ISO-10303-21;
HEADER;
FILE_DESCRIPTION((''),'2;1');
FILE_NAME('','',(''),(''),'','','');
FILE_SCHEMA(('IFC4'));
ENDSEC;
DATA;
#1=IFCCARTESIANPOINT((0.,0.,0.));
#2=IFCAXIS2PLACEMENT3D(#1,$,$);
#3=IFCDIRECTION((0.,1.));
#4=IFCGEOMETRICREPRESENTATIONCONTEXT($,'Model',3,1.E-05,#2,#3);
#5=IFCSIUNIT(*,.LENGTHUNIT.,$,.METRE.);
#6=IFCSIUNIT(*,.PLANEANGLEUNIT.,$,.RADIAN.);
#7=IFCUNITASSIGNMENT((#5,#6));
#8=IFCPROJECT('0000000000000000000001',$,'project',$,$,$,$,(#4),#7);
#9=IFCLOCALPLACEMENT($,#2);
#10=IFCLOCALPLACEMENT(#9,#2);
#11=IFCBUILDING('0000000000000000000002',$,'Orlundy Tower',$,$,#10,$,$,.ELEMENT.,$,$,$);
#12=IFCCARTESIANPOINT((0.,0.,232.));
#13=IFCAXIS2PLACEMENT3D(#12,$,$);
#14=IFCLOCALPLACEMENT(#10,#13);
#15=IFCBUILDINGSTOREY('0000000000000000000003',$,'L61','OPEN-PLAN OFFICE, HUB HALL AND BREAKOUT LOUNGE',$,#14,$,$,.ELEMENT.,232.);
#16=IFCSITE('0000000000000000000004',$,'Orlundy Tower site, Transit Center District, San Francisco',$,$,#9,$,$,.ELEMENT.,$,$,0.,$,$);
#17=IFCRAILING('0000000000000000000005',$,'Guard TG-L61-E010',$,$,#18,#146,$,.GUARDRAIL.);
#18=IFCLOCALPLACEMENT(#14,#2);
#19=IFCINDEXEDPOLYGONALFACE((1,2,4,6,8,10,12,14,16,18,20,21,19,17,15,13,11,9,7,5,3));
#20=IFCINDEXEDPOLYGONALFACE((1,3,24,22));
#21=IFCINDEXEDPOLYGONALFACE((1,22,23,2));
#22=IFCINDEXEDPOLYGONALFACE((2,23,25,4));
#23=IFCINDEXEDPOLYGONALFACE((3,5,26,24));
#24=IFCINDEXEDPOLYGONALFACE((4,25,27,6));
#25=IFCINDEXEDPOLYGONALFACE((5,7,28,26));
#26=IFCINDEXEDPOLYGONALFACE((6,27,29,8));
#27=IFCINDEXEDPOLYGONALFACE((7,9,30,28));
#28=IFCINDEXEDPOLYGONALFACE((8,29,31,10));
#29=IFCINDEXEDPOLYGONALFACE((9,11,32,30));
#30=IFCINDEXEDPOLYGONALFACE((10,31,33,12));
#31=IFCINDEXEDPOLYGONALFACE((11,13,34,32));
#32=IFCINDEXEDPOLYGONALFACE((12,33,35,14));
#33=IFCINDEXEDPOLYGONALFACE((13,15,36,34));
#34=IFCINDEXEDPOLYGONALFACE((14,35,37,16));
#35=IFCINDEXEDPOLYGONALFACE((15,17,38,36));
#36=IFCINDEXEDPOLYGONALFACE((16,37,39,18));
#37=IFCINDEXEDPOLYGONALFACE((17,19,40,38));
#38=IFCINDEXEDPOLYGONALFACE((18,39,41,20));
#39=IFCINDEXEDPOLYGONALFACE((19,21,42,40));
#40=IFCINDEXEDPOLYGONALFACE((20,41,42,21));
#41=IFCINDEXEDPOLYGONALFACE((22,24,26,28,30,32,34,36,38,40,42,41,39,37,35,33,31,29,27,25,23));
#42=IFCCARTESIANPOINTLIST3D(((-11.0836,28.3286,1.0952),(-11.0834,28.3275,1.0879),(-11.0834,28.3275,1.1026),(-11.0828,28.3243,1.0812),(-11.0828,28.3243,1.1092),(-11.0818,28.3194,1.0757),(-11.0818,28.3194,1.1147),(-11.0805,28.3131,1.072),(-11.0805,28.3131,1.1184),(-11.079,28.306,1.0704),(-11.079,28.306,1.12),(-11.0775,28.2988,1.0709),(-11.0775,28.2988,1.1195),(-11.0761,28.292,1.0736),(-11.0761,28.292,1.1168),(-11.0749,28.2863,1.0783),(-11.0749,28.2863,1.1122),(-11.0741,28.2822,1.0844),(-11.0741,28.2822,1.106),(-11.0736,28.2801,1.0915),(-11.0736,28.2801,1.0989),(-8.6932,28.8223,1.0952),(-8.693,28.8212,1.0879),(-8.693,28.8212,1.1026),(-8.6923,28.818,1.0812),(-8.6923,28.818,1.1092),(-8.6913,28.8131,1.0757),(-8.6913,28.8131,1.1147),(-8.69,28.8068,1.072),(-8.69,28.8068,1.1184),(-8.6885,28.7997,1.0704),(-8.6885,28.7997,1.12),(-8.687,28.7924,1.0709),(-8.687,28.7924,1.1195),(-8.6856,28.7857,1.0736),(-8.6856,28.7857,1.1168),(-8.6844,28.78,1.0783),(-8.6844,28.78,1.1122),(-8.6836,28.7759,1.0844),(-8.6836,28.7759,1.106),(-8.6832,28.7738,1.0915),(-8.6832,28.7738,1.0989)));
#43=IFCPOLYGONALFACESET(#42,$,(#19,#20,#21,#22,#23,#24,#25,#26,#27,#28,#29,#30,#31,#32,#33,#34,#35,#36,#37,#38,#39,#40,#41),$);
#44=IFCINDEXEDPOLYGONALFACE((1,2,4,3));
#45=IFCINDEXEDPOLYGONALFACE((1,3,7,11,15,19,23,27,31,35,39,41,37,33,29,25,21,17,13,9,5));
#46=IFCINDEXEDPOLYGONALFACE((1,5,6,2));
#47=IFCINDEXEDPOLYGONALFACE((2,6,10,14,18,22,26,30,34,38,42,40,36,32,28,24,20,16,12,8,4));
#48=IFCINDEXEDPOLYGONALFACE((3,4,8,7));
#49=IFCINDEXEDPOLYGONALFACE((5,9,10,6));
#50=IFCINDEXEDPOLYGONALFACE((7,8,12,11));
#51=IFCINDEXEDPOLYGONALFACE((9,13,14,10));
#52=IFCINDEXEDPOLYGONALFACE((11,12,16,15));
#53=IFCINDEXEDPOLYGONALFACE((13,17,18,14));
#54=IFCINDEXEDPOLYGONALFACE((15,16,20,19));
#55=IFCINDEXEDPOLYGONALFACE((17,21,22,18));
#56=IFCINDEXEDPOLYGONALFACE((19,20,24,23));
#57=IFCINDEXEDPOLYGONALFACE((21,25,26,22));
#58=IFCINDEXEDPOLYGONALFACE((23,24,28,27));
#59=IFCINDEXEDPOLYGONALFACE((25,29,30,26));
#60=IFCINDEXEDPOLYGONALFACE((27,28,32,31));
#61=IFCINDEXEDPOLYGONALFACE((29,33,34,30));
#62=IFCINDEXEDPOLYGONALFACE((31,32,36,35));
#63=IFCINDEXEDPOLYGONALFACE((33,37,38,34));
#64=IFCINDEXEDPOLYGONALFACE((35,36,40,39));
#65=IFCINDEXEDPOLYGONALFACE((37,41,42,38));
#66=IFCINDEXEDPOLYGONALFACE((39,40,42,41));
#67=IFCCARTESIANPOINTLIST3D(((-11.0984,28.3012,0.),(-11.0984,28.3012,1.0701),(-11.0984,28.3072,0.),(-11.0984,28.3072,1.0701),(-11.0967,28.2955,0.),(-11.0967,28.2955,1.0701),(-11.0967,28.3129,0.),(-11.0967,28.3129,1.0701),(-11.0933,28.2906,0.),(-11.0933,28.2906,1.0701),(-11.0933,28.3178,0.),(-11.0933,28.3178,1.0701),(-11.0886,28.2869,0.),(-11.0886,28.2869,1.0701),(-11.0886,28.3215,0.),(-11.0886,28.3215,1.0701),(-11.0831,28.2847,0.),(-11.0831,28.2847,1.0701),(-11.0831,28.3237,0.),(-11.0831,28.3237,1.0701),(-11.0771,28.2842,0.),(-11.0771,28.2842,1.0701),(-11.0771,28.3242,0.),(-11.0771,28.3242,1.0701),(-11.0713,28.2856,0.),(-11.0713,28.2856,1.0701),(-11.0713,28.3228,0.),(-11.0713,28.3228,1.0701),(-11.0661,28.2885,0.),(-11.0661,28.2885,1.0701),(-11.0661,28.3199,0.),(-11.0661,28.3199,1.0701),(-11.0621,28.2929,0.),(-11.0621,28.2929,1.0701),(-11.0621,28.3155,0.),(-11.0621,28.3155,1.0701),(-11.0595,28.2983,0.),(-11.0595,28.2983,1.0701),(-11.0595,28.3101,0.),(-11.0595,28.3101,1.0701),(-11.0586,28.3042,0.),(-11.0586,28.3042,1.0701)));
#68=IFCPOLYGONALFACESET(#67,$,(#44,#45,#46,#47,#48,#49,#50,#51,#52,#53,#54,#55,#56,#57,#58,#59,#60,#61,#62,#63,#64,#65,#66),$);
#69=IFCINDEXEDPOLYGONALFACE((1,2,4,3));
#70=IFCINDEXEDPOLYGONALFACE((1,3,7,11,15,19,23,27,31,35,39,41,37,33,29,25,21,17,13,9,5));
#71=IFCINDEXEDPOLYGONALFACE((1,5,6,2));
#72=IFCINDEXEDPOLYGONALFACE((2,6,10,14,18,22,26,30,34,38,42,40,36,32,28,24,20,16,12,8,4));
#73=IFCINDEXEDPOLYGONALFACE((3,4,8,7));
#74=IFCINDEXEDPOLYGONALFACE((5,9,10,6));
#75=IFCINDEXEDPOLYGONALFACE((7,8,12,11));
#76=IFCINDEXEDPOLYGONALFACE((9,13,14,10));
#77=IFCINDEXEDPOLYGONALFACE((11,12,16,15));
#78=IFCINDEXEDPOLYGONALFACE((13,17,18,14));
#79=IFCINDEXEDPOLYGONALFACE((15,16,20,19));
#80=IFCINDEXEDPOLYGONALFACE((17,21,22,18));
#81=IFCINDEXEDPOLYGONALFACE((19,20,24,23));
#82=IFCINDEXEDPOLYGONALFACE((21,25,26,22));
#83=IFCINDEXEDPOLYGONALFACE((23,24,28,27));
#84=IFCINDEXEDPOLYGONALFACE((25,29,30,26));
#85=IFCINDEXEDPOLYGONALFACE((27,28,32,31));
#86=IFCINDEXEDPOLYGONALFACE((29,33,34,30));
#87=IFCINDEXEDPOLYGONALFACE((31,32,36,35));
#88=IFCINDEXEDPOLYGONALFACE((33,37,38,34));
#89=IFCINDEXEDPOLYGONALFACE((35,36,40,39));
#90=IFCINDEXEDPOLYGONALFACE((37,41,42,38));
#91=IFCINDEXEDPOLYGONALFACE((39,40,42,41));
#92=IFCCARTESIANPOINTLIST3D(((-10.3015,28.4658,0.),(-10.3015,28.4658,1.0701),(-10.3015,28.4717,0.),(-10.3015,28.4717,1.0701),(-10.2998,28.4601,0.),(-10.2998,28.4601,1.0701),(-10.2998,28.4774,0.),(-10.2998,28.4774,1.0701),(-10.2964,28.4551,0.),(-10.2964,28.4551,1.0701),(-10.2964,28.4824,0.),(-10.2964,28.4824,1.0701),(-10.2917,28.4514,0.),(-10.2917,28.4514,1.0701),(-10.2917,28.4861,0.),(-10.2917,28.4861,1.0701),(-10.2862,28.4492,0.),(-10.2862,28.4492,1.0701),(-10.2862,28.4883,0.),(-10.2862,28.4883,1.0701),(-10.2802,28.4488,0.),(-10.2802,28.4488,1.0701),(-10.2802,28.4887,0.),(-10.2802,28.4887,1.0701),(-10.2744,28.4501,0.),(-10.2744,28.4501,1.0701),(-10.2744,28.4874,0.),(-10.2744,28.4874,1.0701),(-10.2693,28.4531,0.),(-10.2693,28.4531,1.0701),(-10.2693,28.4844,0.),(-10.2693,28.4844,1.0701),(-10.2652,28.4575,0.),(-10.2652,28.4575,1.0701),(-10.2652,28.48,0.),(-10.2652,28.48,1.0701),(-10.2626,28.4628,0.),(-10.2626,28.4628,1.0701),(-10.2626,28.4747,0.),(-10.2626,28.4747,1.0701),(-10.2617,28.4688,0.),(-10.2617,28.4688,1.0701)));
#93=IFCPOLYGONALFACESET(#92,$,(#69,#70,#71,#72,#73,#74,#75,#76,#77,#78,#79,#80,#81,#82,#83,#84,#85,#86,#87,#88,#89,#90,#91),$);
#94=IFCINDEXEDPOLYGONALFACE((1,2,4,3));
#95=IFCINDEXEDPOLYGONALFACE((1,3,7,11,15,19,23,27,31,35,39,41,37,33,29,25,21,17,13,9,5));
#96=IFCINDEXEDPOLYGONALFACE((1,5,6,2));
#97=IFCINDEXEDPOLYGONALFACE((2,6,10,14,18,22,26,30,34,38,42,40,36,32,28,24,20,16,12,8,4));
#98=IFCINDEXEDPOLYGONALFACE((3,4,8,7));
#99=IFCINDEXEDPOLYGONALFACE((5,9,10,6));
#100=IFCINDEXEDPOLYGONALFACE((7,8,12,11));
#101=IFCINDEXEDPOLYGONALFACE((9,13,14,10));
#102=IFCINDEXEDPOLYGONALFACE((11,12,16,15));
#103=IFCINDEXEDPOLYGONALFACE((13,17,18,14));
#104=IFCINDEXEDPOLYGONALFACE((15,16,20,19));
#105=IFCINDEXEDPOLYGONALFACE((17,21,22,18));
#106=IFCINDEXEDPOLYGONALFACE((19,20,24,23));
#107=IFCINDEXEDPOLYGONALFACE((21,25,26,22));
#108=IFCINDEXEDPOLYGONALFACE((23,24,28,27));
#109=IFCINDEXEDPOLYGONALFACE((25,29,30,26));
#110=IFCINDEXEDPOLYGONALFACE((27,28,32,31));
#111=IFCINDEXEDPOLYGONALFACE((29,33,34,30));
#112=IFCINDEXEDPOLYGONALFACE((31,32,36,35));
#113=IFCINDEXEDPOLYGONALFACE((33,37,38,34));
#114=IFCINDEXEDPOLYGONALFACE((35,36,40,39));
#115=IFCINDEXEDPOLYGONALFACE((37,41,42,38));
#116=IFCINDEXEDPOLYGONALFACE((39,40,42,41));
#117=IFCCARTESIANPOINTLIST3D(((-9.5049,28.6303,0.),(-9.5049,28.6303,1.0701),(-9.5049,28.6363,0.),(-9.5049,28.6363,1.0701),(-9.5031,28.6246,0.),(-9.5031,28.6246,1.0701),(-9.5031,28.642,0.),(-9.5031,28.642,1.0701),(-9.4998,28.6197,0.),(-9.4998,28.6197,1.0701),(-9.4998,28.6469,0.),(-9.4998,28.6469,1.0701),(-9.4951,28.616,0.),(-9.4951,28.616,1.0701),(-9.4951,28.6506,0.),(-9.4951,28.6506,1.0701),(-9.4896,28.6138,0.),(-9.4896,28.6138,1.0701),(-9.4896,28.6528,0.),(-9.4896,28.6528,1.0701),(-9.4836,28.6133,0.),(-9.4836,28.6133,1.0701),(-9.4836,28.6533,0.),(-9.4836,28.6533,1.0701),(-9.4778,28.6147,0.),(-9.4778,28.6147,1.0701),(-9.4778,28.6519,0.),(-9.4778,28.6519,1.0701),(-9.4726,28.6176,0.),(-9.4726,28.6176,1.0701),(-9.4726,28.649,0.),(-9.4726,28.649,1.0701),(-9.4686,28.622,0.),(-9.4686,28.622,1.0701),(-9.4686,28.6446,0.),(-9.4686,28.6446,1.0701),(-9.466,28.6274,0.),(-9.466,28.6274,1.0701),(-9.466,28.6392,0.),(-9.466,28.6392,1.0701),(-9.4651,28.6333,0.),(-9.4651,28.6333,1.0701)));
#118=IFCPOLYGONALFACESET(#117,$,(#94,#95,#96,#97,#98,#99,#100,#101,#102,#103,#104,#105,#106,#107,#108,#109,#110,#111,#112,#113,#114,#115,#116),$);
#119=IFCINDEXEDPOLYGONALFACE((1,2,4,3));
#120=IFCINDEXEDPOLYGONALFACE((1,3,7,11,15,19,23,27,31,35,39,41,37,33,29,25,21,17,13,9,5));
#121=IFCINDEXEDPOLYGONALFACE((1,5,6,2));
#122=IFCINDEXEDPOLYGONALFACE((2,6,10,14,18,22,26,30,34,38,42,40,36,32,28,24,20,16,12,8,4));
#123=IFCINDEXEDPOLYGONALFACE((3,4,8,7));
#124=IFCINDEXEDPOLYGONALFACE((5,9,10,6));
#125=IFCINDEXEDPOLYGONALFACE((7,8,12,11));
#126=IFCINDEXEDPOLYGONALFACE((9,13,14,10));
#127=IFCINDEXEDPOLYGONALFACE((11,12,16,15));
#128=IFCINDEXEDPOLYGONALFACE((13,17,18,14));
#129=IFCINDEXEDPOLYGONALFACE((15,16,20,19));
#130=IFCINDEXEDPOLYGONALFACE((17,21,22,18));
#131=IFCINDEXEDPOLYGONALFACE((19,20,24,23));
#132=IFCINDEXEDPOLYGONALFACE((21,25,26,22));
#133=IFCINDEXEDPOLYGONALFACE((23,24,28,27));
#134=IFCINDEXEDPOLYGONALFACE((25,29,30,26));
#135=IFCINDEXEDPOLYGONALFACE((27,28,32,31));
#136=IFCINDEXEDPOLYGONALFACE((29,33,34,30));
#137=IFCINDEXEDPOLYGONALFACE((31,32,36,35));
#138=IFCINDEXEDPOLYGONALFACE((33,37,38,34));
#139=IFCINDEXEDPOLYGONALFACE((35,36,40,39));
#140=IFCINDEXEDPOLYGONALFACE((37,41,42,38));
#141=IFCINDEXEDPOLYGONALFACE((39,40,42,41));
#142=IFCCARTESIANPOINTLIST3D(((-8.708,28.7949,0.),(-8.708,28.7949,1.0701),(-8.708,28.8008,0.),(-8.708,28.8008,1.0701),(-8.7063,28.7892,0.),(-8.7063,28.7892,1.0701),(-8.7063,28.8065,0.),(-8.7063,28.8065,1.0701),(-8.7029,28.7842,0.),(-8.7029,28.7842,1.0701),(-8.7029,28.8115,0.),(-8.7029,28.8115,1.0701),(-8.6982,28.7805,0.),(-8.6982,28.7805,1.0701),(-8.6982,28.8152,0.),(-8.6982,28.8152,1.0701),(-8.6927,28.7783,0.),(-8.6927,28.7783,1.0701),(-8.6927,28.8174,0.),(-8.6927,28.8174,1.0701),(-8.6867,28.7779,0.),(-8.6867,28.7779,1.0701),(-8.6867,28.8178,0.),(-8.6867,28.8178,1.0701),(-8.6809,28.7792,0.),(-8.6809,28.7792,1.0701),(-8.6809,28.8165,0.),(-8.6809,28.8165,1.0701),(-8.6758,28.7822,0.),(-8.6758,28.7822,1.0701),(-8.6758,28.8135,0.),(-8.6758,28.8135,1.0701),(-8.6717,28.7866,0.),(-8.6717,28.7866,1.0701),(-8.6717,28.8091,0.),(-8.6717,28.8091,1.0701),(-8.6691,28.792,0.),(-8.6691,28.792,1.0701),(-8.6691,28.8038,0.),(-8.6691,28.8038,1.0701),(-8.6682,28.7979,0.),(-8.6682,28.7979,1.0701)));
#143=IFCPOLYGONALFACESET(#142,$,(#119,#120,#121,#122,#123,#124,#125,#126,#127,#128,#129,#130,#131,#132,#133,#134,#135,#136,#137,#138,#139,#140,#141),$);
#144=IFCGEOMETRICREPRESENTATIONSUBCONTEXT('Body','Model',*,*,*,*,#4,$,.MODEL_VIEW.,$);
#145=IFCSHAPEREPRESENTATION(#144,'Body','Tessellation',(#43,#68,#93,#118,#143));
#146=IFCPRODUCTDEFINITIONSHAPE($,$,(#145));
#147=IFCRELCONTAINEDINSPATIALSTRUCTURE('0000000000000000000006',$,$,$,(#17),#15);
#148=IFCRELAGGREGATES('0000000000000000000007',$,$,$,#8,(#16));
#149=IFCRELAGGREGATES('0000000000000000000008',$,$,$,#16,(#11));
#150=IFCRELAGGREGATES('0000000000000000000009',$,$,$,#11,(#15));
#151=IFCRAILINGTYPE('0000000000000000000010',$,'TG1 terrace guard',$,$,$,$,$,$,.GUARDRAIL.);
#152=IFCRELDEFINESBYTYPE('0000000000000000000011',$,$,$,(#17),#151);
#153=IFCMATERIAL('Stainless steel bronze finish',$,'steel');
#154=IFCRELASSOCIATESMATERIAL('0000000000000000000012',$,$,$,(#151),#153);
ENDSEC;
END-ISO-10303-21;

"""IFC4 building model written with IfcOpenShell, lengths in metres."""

from ifc_helpers import new_model, si_unit, direction, frame, origin, origin_2d, place, context, subcontext, project, spatial, circle, extrude, material, type_object, element, save


model = new_model("IFC4")

# Units and contexts
model_context = context("Model", 3, precision=1e-05, world=origin(), true_north=direction((0.0, 1.0)))
body_context = subcontext(model_context, "Body", "Model", "MODEL_VIEW")
ifc_project = project(units=[si_unit("LENGTHUNIT", "METRE"), si_unit("PLANEANGLEUNIT", "RADIAN")], contexts=[model_context])

# Site, building, storey
site_placement = place(None, origin())
site = spatial("IfcSite", under=ifc_project, at=site_placement, Name="Orlundy Tower site, Transit Center District, San Francisco", CompositionType="ELEMENT", RefElevation=0.0)
building_placement = place(site_placement, origin())
building = spatial("IfcBuilding", under=site, at=building_placement, Name="Orlundy Tower", CompositionType="ELEMENT")
storey_placement = place(building_placement, frame((0.0, 0.0, 232.0)))
storey = spatial("IfcBuildingStorey", under=building, at=storey_placement, Name="L61", Description="OPEN-PLAN OFFICE, HUB HALL AND BREAKOUT LOUNGE", CompositionType="ELEMENT", Elevation=232.0)

# Railing
ifc_material_1 = material(Name="Stainless steel bronze finish", Category="steel")
railing_type = type_object("IfcRailingType", Name="TG1 terrace guard", PredefinedType="GUARDRAIL", material=ifc_material_1)
railing_1_placement = place(storey_placement, frame((-11.0786, 28.3042, 0.0)))
element("IfcRailing", 1, at=railing_1_placement, inside=storey, type_object=railing_type, Name="Guard TG-L61-E010", PredefinedType="GUARDRAIL", context=body_context, shape_type="SweptSolid", body=[
    extrude(circle(Radius=0.0249, at=origin_2d()), frame((0.0, 0.0, 1.0952), z_axis=(0.979334, 0.202248, 0.0), x_axis=(-0.202248, 0.979334, 0.0)), (0.0, 0.0, 1.0), 2.4409),
    extrude(circle(Radius=0.02, at=origin_2d()), origin(), (0.0, 0.0, 1.0), 1.0701),
    extrude(circle(Radius=0.02, at=origin_2d()), frame((0.7969, 0.1646, 0.0)), (0.0, 0.0, 1.0), 1.0701),
    extrude(circle(Radius=0.02, at=origin_2d()), frame((1.5935, 0.3291, 0.0)), (0.0, 0.0, 1.0), 1.0701),
    extrude(circle(Radius=0.02, at=origin_2d()), frame((2.3904, 0.4937, 0.0)), (0.0, 0.0, 1.0), 1.0701),
])

save(model, "model.ifc")
